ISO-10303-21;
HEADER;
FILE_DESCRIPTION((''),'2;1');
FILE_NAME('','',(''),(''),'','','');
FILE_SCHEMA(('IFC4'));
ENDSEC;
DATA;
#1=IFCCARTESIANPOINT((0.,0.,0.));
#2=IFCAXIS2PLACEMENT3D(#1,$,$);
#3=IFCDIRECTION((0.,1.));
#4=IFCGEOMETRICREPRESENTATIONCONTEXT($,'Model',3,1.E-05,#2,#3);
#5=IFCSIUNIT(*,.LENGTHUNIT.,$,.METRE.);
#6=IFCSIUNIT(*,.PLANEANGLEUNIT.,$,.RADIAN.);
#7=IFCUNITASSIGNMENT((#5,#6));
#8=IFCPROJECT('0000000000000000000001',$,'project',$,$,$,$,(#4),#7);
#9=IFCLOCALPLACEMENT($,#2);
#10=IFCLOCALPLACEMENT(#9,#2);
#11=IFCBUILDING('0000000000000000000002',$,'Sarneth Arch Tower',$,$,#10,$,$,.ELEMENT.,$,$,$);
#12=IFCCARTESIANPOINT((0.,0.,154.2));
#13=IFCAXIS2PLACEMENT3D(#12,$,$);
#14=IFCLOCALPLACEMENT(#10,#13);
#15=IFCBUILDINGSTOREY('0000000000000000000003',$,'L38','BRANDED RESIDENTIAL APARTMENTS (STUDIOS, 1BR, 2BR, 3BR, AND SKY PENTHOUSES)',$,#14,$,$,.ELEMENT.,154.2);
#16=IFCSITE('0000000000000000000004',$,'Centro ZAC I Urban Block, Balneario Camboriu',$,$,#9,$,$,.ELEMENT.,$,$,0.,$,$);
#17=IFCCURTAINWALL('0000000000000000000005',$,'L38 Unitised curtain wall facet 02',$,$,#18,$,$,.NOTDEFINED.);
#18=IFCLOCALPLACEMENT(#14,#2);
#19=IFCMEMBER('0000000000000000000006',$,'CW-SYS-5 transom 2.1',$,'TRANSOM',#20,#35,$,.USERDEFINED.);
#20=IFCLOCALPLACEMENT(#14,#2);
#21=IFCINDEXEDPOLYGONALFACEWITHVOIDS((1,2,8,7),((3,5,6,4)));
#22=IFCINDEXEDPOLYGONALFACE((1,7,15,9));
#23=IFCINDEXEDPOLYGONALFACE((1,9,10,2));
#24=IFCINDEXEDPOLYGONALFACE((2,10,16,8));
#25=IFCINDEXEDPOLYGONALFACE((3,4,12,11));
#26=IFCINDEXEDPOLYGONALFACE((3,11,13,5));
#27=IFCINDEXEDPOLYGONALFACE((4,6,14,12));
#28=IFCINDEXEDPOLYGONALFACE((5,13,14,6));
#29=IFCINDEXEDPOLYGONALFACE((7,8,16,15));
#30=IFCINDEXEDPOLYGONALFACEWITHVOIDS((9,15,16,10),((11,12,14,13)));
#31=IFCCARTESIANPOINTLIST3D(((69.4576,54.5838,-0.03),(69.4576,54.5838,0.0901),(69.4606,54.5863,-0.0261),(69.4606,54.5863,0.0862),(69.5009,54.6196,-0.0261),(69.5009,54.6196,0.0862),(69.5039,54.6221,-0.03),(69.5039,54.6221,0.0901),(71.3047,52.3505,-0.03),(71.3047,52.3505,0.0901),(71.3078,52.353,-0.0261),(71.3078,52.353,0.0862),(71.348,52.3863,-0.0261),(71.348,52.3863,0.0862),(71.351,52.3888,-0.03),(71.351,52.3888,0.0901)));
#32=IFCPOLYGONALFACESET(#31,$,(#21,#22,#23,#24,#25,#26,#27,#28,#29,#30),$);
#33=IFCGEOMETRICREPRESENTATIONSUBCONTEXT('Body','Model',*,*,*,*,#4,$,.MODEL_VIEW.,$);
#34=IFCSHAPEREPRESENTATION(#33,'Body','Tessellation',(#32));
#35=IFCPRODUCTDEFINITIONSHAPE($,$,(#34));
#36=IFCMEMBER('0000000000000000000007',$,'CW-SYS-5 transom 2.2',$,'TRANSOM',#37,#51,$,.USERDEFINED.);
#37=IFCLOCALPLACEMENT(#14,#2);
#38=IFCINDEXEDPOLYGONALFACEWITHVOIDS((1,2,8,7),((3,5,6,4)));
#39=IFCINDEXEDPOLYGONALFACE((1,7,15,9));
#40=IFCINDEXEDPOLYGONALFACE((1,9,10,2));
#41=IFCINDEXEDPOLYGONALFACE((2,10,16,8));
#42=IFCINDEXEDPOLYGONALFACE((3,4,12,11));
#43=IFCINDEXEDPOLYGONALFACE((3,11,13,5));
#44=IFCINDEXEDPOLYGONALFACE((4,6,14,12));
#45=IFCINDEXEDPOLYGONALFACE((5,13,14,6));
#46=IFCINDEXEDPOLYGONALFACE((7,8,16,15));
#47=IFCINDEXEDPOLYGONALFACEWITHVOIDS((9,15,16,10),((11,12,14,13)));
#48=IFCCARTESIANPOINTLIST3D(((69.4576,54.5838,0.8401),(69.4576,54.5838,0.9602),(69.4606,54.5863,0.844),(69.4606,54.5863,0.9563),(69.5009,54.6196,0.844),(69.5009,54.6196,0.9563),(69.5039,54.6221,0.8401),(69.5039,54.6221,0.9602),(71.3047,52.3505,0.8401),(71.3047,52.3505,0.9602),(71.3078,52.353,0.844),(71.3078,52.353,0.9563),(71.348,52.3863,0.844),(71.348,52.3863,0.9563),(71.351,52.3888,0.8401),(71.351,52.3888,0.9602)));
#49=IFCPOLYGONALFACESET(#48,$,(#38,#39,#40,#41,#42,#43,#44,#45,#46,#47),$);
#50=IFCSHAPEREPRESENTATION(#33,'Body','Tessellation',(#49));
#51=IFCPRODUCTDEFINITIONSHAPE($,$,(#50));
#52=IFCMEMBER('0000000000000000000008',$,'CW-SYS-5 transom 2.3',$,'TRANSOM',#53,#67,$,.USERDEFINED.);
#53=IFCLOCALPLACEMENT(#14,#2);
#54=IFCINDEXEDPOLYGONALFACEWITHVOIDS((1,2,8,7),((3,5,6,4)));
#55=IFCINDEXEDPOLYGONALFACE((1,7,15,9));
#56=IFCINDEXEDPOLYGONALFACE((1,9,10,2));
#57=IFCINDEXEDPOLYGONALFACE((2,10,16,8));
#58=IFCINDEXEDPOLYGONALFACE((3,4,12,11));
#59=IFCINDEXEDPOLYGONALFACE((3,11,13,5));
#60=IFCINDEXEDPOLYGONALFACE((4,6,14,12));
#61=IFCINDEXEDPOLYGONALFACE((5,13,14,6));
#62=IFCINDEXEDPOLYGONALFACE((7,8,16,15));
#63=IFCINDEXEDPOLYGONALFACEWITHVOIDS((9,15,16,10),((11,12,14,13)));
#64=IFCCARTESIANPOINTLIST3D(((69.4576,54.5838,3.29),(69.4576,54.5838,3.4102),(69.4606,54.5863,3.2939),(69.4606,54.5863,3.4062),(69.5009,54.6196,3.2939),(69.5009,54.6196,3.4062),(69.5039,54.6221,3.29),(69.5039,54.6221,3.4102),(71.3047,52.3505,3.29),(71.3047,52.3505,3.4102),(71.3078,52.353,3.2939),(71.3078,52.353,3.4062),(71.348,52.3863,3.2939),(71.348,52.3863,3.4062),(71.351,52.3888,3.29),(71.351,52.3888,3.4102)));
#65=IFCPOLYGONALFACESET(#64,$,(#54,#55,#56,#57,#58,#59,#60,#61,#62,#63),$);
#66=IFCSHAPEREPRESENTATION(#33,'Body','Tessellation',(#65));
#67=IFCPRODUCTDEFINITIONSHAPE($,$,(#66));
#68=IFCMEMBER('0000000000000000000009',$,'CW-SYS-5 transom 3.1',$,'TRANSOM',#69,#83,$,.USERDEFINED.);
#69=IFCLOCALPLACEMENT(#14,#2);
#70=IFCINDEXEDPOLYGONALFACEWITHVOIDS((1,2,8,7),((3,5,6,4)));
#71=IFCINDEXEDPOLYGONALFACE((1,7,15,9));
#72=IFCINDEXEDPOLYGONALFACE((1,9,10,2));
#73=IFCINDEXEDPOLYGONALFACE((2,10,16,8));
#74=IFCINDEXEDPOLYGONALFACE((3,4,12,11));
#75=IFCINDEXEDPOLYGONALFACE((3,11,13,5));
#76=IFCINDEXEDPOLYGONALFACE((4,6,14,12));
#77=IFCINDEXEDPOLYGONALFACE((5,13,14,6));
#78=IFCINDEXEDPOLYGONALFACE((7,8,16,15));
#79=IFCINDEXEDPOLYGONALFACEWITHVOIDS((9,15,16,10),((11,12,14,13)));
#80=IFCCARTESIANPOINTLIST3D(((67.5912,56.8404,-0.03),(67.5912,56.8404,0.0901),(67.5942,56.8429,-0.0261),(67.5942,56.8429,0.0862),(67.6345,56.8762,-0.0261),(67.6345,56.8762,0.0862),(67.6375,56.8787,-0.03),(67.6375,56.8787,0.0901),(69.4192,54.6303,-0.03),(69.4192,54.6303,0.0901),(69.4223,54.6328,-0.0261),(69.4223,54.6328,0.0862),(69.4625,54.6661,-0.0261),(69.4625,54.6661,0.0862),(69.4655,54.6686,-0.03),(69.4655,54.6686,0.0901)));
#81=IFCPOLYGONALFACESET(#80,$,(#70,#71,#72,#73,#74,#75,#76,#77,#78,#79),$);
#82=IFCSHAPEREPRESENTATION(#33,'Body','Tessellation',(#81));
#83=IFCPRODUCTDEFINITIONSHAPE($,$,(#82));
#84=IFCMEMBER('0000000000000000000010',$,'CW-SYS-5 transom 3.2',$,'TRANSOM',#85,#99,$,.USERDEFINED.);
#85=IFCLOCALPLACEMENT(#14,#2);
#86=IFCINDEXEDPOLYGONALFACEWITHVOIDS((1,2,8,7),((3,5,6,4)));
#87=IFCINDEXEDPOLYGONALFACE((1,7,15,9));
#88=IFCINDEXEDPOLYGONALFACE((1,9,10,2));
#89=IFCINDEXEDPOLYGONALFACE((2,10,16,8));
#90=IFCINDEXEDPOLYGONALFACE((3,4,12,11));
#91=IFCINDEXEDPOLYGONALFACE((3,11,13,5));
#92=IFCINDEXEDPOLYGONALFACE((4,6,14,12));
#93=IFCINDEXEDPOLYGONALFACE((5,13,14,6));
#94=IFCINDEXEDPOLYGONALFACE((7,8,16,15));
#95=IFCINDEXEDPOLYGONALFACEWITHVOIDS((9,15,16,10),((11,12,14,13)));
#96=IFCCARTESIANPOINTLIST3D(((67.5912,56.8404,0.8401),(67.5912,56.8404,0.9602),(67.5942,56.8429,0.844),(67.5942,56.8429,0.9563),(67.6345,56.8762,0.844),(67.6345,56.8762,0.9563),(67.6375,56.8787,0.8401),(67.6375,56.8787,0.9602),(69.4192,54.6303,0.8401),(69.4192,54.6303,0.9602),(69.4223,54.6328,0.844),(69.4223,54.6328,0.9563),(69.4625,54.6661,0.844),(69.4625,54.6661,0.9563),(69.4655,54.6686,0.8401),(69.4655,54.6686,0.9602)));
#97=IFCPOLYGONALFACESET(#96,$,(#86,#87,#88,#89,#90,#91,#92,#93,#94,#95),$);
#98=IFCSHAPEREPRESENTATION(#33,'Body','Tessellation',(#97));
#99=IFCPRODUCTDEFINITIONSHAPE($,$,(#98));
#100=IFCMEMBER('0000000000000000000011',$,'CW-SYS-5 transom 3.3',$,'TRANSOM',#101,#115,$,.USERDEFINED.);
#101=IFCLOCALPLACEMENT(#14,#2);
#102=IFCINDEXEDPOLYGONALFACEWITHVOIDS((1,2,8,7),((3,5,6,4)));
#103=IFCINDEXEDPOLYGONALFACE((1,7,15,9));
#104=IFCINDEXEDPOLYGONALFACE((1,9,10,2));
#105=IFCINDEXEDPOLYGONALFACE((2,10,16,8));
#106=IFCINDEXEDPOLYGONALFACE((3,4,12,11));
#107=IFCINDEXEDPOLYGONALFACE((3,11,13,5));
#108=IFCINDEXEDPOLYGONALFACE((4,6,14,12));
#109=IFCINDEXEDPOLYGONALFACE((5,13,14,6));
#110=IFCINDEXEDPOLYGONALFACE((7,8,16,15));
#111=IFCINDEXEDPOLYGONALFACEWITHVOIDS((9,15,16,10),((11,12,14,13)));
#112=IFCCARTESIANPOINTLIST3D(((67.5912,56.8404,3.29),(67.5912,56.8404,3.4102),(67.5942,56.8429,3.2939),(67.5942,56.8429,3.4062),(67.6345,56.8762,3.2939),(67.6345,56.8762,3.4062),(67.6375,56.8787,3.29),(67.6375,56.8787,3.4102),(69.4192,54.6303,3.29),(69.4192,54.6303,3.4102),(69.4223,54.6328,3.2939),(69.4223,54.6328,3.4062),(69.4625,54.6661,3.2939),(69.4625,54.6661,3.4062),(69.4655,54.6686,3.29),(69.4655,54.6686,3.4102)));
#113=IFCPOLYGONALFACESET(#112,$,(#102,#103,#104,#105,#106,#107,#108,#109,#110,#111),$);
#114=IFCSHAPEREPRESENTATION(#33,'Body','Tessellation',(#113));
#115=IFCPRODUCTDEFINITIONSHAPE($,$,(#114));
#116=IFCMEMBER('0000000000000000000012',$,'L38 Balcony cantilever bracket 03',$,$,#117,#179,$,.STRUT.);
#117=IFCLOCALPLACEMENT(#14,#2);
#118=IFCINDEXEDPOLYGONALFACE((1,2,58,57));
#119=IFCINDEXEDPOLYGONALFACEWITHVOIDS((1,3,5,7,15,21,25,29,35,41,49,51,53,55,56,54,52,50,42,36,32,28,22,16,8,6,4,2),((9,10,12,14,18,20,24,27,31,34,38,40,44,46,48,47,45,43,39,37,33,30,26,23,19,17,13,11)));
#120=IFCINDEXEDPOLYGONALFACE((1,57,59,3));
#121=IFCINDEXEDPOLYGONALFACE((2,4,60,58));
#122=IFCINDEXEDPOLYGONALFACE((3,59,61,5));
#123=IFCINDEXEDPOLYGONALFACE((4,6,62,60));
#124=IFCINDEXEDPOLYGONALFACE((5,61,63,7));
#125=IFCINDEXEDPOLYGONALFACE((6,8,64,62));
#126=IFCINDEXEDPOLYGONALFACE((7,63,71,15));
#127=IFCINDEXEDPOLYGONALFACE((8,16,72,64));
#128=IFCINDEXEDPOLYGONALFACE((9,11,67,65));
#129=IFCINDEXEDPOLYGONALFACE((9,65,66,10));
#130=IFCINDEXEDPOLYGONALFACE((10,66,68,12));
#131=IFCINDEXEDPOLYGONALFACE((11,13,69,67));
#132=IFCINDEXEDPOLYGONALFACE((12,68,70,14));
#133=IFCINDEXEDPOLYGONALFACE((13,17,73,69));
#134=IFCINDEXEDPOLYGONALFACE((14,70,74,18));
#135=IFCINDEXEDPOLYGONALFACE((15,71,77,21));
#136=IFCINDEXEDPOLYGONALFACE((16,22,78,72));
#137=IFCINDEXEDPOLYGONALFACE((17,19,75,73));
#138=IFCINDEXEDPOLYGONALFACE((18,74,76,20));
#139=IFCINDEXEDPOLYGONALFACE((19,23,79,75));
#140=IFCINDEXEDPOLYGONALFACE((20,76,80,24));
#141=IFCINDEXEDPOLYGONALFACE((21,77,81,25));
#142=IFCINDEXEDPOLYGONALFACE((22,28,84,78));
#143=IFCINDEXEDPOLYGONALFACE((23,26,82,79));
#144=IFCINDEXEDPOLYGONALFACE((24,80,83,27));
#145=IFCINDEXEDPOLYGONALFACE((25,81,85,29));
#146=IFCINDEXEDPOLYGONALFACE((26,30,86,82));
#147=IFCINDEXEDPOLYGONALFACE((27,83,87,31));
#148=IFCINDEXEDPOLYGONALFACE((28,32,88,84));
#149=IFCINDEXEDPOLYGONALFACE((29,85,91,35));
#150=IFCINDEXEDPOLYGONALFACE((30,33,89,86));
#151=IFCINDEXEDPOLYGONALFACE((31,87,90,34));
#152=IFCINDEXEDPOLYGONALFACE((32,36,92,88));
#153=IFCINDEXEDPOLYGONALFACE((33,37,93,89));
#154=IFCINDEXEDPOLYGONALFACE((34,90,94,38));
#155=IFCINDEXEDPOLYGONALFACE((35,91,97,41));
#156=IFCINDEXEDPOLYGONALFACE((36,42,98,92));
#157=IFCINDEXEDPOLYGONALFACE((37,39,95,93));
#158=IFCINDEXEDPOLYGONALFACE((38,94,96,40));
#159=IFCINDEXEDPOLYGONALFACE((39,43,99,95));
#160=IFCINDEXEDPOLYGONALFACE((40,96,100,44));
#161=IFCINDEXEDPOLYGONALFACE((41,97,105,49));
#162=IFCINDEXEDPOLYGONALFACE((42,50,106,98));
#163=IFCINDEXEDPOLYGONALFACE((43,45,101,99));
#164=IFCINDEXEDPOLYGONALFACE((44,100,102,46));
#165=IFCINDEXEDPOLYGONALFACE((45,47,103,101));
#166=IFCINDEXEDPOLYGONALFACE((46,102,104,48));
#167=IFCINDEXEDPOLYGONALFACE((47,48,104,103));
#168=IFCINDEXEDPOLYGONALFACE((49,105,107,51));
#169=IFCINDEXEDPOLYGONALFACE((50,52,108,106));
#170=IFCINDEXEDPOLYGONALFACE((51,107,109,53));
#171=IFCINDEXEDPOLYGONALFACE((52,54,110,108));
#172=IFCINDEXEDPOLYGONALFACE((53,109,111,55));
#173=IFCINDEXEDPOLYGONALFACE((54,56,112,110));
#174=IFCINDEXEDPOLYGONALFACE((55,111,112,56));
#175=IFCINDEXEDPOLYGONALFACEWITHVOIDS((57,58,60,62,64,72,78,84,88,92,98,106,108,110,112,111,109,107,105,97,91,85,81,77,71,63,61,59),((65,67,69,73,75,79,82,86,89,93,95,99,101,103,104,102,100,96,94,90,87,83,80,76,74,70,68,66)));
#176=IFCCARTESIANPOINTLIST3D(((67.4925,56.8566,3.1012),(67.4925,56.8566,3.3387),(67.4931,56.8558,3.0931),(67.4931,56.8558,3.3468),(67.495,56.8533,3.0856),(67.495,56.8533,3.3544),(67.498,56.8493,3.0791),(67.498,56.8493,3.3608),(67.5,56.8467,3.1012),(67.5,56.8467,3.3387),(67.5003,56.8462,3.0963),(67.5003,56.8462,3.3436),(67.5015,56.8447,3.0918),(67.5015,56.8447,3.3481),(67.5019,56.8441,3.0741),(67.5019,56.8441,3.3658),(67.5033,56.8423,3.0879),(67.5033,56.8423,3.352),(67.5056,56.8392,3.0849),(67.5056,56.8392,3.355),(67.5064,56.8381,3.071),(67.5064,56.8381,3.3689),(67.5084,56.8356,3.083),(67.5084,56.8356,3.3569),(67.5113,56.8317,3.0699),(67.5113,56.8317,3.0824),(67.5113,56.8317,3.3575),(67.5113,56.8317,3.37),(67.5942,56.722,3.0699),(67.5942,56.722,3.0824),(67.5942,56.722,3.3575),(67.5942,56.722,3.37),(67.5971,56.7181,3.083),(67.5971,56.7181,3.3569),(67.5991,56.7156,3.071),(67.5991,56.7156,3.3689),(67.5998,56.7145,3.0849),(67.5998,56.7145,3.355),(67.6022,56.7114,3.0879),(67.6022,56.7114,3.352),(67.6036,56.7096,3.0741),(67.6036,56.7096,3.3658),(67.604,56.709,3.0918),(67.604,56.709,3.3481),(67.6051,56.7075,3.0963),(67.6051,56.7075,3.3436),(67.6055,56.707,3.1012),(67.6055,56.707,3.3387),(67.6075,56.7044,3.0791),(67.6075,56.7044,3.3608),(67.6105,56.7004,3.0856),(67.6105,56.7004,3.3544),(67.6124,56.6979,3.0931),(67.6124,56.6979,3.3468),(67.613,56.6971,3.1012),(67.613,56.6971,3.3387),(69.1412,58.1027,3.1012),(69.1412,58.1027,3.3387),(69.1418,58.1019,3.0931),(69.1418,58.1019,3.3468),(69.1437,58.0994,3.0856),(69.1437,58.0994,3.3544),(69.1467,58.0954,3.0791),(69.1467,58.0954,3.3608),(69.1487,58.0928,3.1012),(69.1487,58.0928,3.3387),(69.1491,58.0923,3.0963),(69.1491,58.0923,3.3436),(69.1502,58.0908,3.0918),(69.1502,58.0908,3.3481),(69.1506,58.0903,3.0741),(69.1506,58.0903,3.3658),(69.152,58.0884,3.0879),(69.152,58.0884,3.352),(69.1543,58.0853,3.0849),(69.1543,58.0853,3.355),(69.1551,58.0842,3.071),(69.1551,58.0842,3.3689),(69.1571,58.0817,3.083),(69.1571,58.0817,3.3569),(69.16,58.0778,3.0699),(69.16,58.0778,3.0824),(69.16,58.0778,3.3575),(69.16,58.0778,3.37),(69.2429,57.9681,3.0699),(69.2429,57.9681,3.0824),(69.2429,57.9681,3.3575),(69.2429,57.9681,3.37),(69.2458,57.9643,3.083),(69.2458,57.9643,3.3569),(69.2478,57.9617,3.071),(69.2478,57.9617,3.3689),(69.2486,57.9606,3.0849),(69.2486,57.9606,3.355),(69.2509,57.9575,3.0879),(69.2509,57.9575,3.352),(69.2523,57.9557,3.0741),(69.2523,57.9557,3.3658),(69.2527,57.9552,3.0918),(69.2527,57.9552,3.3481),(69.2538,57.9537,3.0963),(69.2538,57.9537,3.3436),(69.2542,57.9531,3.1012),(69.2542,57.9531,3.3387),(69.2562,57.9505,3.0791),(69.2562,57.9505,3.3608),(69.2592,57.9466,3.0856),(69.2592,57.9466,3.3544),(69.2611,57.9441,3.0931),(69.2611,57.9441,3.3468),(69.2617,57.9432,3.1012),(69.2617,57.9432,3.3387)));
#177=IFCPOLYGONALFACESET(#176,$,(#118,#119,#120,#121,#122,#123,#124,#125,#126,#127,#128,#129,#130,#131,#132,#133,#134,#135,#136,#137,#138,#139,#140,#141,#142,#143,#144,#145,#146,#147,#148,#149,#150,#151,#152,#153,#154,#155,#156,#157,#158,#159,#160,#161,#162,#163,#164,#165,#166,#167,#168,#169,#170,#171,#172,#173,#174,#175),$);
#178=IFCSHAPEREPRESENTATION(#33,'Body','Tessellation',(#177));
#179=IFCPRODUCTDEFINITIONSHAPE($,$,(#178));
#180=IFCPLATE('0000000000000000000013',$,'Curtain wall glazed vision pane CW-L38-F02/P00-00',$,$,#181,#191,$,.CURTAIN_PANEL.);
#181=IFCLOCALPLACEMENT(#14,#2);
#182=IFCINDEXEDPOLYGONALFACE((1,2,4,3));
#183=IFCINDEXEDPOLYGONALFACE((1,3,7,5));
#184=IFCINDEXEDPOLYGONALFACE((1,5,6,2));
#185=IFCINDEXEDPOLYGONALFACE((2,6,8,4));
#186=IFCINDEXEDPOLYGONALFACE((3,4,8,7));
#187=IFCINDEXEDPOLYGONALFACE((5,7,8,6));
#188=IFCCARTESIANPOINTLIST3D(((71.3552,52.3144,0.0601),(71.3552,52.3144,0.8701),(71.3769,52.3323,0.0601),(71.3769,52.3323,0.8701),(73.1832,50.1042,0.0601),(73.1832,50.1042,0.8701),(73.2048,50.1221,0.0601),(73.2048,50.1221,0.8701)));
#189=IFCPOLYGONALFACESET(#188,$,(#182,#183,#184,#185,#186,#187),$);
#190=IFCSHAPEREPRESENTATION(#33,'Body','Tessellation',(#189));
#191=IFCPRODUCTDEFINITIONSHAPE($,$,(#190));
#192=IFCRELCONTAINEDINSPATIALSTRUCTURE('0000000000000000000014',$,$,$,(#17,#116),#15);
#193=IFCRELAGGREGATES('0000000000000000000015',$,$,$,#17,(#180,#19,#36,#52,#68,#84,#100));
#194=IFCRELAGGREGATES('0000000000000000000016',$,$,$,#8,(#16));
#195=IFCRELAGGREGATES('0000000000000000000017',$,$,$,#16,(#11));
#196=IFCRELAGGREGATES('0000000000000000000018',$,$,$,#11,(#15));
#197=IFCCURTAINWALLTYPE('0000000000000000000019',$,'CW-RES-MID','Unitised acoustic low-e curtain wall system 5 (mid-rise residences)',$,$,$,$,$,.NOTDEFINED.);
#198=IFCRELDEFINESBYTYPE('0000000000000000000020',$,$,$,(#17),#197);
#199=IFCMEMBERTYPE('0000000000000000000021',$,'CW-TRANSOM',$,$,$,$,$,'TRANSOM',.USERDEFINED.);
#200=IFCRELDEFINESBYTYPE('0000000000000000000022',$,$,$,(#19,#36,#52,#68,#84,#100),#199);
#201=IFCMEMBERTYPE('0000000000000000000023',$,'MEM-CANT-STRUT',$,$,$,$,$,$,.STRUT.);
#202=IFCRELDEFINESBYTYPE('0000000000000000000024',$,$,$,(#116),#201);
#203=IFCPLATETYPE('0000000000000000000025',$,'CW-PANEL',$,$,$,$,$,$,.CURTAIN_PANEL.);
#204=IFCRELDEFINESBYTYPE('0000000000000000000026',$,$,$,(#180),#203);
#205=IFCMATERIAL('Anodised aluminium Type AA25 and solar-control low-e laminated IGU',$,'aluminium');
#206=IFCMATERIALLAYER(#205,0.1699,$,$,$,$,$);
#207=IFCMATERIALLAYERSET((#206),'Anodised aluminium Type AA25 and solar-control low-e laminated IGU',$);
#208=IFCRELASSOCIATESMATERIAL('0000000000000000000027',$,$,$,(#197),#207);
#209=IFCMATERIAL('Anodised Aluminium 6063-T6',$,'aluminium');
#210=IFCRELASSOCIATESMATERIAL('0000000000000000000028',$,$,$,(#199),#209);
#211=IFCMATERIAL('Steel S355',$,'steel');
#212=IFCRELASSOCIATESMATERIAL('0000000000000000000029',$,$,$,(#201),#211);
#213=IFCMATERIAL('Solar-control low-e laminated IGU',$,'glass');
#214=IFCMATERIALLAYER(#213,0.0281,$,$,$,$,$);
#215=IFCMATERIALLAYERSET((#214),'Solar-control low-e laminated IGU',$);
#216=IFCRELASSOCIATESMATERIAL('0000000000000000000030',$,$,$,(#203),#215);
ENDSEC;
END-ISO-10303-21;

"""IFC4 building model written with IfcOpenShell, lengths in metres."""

from ifc_helpers import new_model, si_unit, direction, frame, origin, origin_2d, place, context, subcontext, project, spatial, rectangle, hollow_rectangle, extrude, material, layer, layer_set, material_profile, profile_set, type_object, element, aggregate, save


model = new_model("IFC4")

# Units and contexts
model_context = context("Model", 3, precision=1e-05, world=origin(), true_north=direction((0.0, 1.0)))
body_context = subcontext(model_context, "Body", "Model", "MODEL_VIEW")
ifc_project = project(units=[si_unit("LENGTHUNIT", "METRE"), si_unit("PLANEANGLEUNIT", "RADIAN")], contexts=[model_context])

# Site, building, storey
site_placement = place(None, origin())
site = spatial("IfcSite", under=ifc_project, at=site_placement, Name="Centro ZAC I Urban Block, Balneario Camboriu", CompositionType="ELEMENT", RefElevation=0.0)
building_placement = place(site_placement, origin())
building = spatial("IfcBuilding", under=site, at=building_placement, Name="Sarneth Arch Tower", CompositionType="ELEMENT")
storey_placement = place(building_placement, frame((0.0, 0.0, 154.2)))
storey = spatial("IfcBuildingStorey", under=building, at=storey_placement, Name="L38", Description="BRANDED RESIDENTIAL APARTMENTS (STUDIOS, 1BR, 2BR, 3BR, AND SKY PENTHOUSES)", CompositionType="ELEMENT", Elevation=154.2)

# Curtain wall, members
ifc_material_1 = material(Name="Anodised aluminium Type AA25 and solar-control low-e laminated IGU", Category="aluminium")
ifc_layer_1 = layer(ifc_material_1, 0.1699)
ifc_layer_set_1 = layer_set([ifc_layer_1], Name="Anodised aluminium Type AA25 and solar-control low-e laminated IGU")
curtain_wall_type = type_object("IfcCurtainWallType", Name="CW-RES-MID", Description="Unitised acoustic low-e curtain wall system 5 (mid-rise residences)", PredefinedType="NOTDEFINED", material=ifc_layer_set_1)
curtain_wall_placement = place(storey_placement, origin())
curtain_wall = element("IfcCurtainWall", 1, at=curtain_wall_placement, inside=storey, type_object=curtain_wall_type, Name="L38 Unitised curtain wall facet 02", PredefinedType="NOTDEFINED")
ifc_material_2 = material(Name="Anodised Aluminium 6063-T6", Category="aluminium")
ifc_material_profile_1 = material_profile(ifc_material_2, hollow_rectangle(XDim=0.0601, YDim=0.1201, WallThickness=0.0039, at=origin_2d()), Name="AL-TRAN-120x60x4")
ifc_profile_set_1 = profile_set([ifc_material_profile_1], Name="Anodised Aluminium 6063-T6")
member_type_1 = type_object("IfcMemberType", Name="CW-TRANSOM", ElementType="TRANSOM", PredefinedType="USERDEFINED", material=ifc_profile_set_1)
member_1_placement = place(storey_placement, frame((71.3279, 52.3696, 0.03), z_axis=(-0.63733, 0.770591, 0.0), x_axis=(-0.770591, -0.63733, 0.0)))
member_1 = element("IfcMember", 2, at=member_1_placement, type_object=member_type_1, Name="CW-SYS-5 transom 2.1", ObjectType="TRANSOM", PredefinedType="USERDEFINED", context=body_context, shape_type="SweptSolid", body=[
    extrude(hollow_rectangle(XDim=0.0601, YDim=0.1201, WallThickness=0.0039, at=origin_2d()), origin(), (0.0, 0.0, 1.0), 2.8982),
])
member_2_placement = place(storey_placement, frame((71.3279, 52.3696, 0.9001), z_axis=(-0.63733, 0.770591, 0.0), x_axis=(-0.770591, -0.63733, 0.0)))
member_2 = element("IfcMember", 3, at=member_2_placement, type_object=member_type_1, Name="CW-SYS-5 transom 2.2", ObjectType="TRANSOM", PredefinedType="USERDEFINED", context=body_context, shape_type="SweptSolid", body=[
    extrude(hollow_rectangle(XDim=0.0601, YDim=0.1201, WallThickness=0.0039, at=origin_2d()), origin(), (0.0, 0.0, 1.0), 2.8982),
])
member_3_placement = place(storey_placement, frame((71.3279, 52.3696, 3.3501), z_axis=(-0.63733, 0.770591, 0.0), x_axis=(-0.770591, -0.63733, 0.0)))
member_3 = element("IfcMember", 4, at=member_3_placement, type_object=member_type_1, Name="CW-SYS-5 transom 2.3", ObjectType="TRANSOM", PredefinedType="USERDEFINED", context=body_context, shape_type="SweptSolid", body=[
    extrude(hollow_rectangle(XDim=0.0601, YDim=0.1201, WallThickness=0.0039, at=origin_2d()), origin(), (0.0, 0.0, 1.0), 2.8982),
])
member_4_placement = place(storey_placement, frame((69.4424, 54.6494, 0.03), z_axis=(-0.637359, 0.770567, 0.0), x_axis=(-0.770567, -0.637359, 0.0)))
member_4 = element("IfcMember", 5, at=member_4_placement, type_object=member_type_1, Name="CW-SYS-5 transom 3.1", ObjectType="TRANSOM", PredefinedType="USERDEFINED", context=body_context, shape_type="SweptSolid", body=[
    extrude(hollow_rectangle(XDim=0.0601, YDim=0.1201, WallThickness=0.0039, at=origin_2d()), origin(), (0.0, 0.0, 1.0), 2.8682),
])
member_5_placement = place(storey_placement, frame((69.4424, 54.6494, 0.9001), z_axis=(-0.637359, 0.770567, 0.0), x_axis=(-0.770567, -0.637359, 0.0)))
member_5 = element("IfcMember", 6, at=member_5_placement, type_object=member_type_1, Name="CW-SYS-5 transom 3.2", ObjectType="TRANSOM", PredefinedType="USERDEFINED", context=body_context, shape_type="SweptSolid", body=[
    extrude(hollow_rectangle(XDim=0.0601, YDim=0.1201, WallThickness=0.0039, at=origin_2d()), origin(), (0.0, 0.0, 1.0), 2.8682),
])
member_6_placement = place(storey_placement, frame((69.4424, 54.6494, 3.3501), z_axis=(-0.637359, 0.770567, 0.0), x_axis=(-0.770567, -0.637359, 0.0)))
member_6 = element("IfcMember", 7, at=member_6_placement, type_object=member_type_1, Name="CW-SYS-5 transom 3.3", ObjectType="TRANSOM", PredefinedType="USERDEFINED", context=body_context, shape_type="SweptSolid", body=[
    extrude(hollow_rectangle(XDim=0.0601, YDim=0.1201, WallThickness=0.0039, at=origin_2d()), origin(), (0.0, 0.0, 1.0), 2.8682),
])

# Member
ifc_material_3 = material(Name="Steel S355", Category="steel")
ifc_material_profile_2 = material_profile(ifc_material_3, hollow_rectangle(XDim=0.2, YDim=0.3, WallThickness=0.0125, InnerFilletRadius=0.0188, OuterFilletRadius=0.0312, at=origin_2d()), Name="RHS300x200x12.5")
ifc_profile_set_2 = profile_set([ifc_material_profile_2], Name="Steel S355")
member_type_2 = type_object("IfcMemberType", Name="MEM-CANT-STRUT", PredefinedType="STRUT", material=ifc_profile_set_2)
member_7_placement = place(storey_placement, frame((67.5527, 56.7769, 3.22), z_axis=(0.797769, 0.602963, 0.0), x_axis=(-0.602963, 0.797769, 0.0)))
element("IfcMember", 8, at=member_7_placement, inside=storey, type_object=member_type_2, Name="L38 Balcony cantilever bracket 03", PredefinedType="STRUT", context=body_context, shape_type="SweptSolid", body=[
    extrude(hollow_rectangle(XDim=0.2, YDim=0.3, WallThickness=0.0125, InnerFilletRadius=0.0188, OuterFilletRadius=0.0312, at=origin_2d()), origin(), (0.0, 0.0, 1.0), 2.0667),
])

# Plate
ifc_material_4 = material(Name="Solar-control low-e laminated IGU", Category="glass")
ifc_layer_2 = layer(ifc_material_4, 0.0281)
ifc_layer_set_2 = layer_set([ifc_layer_2], Name="Solar-control low-e laminated IGU")
plate_type_1 = type_object("IfcPlateType", Name="CW-PANEL", PredefinedType="CURTAIN_PANEL", material=ifc_layer_set_2)
plate_1_placement = place(storey_placement, frame((72.28, 51.2183, 0.0601), z_axis=(0.0, 0.0, 1.0), x_axis=(-0.63733, 0.770591, 0.0)))
plate_1 = element("IfcPlate", 9, at=plate_1_placement, type_object=plate_type_1, Name="Curtain wall glazed vision pane CW-L38-F02/P00-00", PredefinedType="CURTAIN_PANEL", context=body_context, shape_type="SweptSolid", body=[
    extrude(rectangle(XDim=2.8682, YDim=0.0281, at=origin_2d()), origin(), (0.0, 0.0, 1.0), 0.8101),
])
aggregate(curtain_wall, [plate_1, member_1, member_2, member_3, member_4, member_5, member_6])

save(model, "model.ifc")
